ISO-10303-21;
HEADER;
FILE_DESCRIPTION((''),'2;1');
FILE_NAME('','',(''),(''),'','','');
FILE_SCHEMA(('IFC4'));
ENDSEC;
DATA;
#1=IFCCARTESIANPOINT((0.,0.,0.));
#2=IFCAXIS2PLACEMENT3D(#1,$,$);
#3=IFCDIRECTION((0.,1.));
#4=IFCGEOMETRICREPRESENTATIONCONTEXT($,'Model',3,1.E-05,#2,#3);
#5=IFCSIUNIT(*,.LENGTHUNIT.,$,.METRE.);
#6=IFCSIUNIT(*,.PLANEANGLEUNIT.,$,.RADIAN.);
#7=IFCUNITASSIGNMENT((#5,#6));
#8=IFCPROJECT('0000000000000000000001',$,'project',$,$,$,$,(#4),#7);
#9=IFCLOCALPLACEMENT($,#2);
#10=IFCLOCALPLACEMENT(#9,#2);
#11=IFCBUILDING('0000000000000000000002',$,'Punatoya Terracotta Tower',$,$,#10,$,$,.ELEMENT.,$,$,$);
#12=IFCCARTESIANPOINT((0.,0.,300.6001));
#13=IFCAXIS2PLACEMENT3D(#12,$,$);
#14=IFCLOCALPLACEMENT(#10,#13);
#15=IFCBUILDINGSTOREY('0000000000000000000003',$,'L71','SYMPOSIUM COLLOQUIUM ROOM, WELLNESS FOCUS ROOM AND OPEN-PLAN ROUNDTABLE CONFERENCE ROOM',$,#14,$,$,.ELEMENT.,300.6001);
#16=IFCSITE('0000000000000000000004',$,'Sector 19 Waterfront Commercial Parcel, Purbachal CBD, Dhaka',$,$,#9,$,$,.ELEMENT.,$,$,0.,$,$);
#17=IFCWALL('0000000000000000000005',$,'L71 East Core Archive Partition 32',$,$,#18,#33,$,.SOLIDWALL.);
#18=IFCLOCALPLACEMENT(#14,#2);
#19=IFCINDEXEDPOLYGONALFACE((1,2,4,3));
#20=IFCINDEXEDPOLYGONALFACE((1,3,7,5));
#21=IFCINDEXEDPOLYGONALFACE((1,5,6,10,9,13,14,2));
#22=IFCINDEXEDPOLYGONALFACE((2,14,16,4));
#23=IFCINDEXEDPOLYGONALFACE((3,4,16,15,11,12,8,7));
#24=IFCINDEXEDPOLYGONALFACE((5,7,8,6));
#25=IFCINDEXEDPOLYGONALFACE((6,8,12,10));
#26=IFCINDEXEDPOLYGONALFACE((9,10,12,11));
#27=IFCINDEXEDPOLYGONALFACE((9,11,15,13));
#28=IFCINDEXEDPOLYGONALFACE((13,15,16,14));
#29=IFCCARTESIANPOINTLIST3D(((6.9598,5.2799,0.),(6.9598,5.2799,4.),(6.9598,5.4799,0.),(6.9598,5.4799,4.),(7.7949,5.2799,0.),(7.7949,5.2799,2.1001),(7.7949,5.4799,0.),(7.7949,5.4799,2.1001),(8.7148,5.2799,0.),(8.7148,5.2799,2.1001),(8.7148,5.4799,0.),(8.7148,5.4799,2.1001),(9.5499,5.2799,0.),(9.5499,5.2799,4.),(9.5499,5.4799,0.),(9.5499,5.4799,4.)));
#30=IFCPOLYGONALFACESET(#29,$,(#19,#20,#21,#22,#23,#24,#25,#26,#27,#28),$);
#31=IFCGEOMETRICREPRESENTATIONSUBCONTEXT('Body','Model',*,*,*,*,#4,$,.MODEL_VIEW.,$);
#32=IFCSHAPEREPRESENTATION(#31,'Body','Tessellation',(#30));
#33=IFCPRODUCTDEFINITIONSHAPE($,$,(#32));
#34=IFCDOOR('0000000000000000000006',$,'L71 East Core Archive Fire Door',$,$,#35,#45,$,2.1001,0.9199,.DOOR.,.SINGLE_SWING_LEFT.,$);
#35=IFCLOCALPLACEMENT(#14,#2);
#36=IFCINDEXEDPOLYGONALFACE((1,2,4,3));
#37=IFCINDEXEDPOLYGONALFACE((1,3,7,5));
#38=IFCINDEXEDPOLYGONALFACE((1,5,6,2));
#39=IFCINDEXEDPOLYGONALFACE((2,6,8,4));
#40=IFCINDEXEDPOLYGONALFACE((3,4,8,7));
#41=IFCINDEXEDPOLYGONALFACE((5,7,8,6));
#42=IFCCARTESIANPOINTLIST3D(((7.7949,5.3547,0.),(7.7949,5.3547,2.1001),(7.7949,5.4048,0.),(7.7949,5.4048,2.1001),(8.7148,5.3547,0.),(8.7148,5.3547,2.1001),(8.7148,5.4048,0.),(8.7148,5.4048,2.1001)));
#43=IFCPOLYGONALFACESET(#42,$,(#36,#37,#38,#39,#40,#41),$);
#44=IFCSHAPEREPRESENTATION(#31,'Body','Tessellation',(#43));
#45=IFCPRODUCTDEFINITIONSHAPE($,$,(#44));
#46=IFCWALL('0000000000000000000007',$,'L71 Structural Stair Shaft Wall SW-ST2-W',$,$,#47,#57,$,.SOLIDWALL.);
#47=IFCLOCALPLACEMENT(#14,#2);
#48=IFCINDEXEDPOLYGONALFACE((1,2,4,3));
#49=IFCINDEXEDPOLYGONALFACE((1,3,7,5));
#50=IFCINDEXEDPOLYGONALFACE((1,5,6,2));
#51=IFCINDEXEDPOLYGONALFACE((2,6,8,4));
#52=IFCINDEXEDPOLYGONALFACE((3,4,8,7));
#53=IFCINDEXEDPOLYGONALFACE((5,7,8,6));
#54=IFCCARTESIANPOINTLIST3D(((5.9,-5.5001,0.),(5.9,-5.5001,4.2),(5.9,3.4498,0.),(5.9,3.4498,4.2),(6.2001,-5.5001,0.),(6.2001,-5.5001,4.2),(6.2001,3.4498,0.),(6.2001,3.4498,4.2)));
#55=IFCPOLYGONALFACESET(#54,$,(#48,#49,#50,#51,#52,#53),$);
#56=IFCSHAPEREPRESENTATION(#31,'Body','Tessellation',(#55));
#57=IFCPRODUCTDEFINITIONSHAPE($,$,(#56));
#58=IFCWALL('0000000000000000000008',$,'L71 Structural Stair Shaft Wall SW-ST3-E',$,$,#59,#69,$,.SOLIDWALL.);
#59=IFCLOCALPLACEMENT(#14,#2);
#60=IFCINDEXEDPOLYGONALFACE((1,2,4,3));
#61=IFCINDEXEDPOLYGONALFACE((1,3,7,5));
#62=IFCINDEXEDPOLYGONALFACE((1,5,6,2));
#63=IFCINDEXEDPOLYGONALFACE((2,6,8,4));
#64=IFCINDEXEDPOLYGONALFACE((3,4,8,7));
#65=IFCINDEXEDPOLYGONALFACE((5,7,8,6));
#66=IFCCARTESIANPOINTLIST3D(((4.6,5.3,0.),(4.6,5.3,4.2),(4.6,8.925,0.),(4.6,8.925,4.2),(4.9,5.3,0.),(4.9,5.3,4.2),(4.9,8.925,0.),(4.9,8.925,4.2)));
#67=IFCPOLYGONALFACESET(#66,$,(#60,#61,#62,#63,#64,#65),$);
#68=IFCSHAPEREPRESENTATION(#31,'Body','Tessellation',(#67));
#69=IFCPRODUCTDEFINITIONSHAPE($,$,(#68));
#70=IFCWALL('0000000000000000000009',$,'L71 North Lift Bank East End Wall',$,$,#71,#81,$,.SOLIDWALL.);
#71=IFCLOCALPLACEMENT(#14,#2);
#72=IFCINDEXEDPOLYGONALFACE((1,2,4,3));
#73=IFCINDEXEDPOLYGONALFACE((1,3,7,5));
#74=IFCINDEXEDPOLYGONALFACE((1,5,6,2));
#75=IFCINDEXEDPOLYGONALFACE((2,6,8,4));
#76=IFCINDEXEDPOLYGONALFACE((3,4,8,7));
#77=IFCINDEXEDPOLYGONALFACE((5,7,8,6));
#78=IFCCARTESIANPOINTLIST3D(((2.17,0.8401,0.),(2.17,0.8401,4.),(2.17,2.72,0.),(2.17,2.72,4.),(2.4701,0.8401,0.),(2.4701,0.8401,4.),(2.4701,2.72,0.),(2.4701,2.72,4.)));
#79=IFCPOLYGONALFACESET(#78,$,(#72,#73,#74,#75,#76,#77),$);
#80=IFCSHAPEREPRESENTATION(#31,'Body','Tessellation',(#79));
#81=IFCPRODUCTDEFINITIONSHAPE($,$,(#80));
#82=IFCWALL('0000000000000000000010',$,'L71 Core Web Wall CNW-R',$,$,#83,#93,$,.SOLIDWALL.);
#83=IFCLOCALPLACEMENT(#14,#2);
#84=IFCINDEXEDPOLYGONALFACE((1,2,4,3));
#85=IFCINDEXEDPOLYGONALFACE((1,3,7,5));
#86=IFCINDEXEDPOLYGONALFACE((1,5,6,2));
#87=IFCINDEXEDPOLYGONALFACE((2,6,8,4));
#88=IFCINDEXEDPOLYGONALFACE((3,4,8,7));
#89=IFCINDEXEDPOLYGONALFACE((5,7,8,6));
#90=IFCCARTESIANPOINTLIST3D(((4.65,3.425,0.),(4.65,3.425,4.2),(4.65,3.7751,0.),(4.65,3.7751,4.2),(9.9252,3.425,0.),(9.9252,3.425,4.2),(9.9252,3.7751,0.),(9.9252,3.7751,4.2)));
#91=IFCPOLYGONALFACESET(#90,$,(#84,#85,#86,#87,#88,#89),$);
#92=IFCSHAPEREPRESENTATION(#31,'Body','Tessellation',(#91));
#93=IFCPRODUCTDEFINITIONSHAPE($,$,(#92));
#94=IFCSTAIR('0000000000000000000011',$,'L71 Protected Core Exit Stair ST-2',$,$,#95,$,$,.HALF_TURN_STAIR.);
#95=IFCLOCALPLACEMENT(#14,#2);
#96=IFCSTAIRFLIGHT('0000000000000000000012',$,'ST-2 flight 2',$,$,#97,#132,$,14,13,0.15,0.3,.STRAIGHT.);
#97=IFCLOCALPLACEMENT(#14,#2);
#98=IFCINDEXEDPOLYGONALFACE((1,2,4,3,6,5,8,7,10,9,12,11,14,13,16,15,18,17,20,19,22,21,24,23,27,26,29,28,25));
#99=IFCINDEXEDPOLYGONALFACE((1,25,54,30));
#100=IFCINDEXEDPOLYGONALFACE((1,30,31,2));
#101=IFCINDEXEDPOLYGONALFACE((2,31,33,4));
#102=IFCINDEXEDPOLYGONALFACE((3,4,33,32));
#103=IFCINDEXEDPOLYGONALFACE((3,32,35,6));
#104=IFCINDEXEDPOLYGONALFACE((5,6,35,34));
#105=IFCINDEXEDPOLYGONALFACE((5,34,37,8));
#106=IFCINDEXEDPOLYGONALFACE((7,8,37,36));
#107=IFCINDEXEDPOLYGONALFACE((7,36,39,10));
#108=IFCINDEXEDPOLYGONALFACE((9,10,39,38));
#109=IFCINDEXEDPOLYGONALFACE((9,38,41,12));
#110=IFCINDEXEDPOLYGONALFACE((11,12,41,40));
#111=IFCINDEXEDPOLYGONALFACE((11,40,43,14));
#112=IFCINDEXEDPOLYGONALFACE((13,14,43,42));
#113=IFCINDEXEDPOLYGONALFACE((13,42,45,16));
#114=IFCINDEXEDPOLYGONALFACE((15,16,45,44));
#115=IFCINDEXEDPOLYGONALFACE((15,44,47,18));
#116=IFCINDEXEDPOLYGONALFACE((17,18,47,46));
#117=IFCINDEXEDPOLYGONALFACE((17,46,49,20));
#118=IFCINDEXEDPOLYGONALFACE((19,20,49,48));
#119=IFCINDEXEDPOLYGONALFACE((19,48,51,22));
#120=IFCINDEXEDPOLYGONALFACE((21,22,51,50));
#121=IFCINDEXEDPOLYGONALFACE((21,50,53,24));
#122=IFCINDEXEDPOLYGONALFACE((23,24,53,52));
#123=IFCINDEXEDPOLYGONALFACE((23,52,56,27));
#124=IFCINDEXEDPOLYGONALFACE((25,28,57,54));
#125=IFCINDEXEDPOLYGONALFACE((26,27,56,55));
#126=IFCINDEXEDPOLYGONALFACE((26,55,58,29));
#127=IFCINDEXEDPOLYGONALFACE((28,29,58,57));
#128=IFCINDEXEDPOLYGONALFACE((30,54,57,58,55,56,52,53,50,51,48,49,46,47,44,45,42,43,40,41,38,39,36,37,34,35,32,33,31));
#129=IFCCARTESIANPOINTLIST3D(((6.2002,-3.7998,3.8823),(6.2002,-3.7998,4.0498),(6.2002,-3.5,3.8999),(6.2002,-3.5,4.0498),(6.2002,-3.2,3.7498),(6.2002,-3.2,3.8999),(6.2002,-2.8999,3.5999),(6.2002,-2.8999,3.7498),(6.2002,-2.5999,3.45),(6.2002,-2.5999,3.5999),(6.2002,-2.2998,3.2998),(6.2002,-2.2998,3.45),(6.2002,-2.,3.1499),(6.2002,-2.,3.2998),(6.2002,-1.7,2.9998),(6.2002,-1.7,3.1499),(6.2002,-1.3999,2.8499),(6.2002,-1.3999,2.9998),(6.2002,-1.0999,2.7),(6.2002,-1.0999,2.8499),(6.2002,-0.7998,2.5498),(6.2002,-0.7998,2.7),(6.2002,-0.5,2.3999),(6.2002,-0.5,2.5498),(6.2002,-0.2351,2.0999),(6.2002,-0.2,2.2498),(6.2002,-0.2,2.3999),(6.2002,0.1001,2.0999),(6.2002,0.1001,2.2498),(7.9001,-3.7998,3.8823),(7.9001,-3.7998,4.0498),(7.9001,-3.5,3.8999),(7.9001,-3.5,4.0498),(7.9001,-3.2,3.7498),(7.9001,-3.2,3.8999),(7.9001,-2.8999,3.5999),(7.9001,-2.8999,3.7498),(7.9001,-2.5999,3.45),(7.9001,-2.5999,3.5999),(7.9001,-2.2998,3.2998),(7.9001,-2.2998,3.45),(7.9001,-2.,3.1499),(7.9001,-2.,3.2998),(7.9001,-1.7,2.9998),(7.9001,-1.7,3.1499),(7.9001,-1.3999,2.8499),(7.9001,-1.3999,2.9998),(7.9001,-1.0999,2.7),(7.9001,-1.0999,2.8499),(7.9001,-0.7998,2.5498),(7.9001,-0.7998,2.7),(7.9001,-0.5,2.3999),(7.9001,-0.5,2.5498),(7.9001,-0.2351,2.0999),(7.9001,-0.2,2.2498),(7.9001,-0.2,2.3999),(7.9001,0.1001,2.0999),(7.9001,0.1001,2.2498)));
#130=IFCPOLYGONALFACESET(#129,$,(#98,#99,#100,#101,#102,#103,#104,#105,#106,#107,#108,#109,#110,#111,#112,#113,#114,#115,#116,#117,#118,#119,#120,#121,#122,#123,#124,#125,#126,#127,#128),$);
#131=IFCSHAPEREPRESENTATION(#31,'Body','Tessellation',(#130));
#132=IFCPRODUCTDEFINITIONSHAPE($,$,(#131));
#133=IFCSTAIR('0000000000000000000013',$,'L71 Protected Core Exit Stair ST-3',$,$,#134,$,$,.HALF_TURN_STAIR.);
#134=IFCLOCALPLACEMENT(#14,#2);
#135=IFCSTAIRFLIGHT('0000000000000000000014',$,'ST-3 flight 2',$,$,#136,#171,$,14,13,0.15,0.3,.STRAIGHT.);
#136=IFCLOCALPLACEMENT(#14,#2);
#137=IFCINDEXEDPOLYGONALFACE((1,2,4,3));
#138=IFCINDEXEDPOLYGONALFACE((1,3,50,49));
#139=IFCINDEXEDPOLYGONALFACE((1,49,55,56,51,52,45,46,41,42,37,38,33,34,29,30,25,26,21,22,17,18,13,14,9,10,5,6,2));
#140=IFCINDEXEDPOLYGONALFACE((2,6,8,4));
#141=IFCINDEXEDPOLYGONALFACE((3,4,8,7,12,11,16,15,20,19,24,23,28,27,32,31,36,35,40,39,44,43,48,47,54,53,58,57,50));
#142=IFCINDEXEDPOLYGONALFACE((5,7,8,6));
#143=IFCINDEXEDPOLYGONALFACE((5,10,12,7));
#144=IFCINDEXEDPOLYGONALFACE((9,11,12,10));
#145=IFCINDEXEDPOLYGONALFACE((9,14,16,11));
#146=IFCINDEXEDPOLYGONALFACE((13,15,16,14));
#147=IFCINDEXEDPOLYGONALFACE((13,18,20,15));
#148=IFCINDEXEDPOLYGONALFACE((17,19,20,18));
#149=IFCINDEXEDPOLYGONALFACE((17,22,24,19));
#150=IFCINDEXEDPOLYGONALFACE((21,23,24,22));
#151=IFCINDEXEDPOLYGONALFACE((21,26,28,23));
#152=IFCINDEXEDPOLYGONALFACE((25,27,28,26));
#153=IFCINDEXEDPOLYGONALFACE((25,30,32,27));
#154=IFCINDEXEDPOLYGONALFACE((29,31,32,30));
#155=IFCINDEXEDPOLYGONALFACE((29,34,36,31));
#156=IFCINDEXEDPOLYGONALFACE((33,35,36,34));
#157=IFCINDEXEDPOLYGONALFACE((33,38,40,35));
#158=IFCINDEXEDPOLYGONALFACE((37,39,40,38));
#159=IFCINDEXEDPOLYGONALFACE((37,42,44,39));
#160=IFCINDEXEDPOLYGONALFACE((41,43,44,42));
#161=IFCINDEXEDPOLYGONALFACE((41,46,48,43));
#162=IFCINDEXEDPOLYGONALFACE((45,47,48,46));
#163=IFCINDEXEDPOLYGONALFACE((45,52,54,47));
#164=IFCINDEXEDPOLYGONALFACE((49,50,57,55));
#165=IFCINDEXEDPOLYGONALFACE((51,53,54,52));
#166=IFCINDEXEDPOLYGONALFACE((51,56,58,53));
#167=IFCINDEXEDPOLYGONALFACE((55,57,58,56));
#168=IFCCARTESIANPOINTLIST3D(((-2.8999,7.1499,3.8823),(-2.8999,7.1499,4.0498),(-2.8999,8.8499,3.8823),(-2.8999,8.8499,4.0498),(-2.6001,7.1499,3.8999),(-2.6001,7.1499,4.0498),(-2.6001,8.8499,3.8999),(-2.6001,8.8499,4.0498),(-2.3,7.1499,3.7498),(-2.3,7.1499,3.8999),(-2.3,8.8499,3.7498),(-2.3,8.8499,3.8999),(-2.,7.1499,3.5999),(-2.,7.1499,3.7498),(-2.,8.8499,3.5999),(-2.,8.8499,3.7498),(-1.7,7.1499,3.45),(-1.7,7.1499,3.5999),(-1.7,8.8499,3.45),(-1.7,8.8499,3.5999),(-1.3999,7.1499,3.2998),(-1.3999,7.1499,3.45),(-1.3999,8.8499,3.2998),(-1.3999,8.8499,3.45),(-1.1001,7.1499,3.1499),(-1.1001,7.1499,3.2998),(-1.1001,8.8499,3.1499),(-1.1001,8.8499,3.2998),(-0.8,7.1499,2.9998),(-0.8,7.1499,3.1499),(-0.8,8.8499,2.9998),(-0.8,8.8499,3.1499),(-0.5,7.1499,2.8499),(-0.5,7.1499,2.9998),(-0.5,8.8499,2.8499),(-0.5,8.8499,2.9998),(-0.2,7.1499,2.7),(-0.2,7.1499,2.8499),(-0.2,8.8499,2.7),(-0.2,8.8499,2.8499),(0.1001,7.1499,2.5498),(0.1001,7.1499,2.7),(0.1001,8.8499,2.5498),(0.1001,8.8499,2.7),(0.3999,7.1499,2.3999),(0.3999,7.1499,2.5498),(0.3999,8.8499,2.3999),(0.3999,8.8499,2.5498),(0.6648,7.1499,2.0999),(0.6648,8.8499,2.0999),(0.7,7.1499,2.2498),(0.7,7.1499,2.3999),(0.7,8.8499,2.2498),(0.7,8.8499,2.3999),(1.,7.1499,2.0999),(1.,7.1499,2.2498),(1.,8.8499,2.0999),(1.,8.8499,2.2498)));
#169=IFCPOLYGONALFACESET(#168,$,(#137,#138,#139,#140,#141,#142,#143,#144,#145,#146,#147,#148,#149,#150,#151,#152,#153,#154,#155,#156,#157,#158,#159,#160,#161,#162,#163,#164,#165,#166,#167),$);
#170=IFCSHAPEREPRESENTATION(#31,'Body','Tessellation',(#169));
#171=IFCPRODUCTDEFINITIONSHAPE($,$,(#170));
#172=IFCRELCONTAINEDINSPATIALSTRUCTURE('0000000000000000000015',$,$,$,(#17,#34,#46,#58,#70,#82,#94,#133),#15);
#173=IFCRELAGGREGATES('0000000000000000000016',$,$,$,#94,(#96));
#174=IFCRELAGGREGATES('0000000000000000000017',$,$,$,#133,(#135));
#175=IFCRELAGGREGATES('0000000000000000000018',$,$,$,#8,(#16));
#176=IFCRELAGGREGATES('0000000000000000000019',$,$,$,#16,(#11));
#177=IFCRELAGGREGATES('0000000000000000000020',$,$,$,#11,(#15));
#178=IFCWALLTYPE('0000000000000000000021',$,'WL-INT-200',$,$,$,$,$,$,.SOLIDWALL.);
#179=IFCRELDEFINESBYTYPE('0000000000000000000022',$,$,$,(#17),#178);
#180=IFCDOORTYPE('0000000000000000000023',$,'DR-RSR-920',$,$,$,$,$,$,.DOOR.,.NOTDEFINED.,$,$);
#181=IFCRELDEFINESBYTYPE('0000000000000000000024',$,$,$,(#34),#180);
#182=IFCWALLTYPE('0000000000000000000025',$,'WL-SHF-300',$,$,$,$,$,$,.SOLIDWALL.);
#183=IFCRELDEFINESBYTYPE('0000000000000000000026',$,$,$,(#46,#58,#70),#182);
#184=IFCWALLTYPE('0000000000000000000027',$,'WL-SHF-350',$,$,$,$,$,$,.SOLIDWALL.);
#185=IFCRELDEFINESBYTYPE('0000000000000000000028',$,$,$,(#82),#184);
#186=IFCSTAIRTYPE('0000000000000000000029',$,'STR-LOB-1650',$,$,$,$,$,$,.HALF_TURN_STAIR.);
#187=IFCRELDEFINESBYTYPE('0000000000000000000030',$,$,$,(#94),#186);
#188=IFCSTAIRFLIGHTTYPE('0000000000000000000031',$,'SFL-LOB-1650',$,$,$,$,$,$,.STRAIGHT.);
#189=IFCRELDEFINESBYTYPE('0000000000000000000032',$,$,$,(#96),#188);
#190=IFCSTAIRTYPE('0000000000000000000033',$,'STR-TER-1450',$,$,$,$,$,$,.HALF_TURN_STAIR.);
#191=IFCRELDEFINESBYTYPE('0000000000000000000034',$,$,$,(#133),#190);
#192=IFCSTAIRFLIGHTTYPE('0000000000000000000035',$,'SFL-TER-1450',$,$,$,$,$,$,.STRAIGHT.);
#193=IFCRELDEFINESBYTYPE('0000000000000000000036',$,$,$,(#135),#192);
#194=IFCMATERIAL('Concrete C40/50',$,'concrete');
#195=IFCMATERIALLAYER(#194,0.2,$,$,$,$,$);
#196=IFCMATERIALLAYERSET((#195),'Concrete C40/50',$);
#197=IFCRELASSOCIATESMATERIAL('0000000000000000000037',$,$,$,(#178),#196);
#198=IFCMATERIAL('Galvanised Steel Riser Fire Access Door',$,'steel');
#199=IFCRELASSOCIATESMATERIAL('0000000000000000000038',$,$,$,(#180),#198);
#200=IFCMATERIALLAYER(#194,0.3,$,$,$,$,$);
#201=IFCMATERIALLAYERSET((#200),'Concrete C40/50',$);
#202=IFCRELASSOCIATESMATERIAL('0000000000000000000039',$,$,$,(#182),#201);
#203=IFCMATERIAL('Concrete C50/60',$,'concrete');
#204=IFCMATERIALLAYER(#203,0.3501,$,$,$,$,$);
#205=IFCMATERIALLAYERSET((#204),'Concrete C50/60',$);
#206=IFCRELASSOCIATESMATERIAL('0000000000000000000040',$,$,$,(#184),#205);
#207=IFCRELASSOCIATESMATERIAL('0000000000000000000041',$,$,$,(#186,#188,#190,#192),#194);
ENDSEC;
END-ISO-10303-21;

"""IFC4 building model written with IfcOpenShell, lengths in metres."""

from ifc_helpers import new_model, si_unit, direction, frame, frame_2d, origin, place, context, subcontext, project, spatial, polyline, rectangle, outline, extrude, material, layer, layer_set, type_object, element, fill, aggregate, save


model = new_model("IFC4")

# Units and contexts
model_context = context("Model", 3, precision=1e-05, world=origin(), true_north=direction((0.0, 1.0)))
body_context = subcontext(model_context, "Body", "Model", "MODEL_VIEW")
ifc_project = project(units=[si_unit("LENGTHUNIT", "METRE"), si_unit("PLANEANGLEUNIT", "RADIAN")], contexts=[model_context])

# Site, building, storey
site_placement = place(None, origin())
site = spatial("IfcSite", under=ifc_project, at=site_placement, Name="Sector 19 Waterfront Commercial Parcel, Purbachal CBD, Dhaka", CompositionType="ELEMENT", RefElevation=0.0)
building_placement = place(site_placement, origin())
building = spatial("IfcBuilding", under=site, at=building_placement, Name="Punatoya Terracotta Tower", CompositionType="ELEMENT")
storey_placement = place(building_placement, frame((0.0, 0.0, 300.6001)))
storey = spatial("IfcBuildingStorey", under=building, at=storey_placement, Name="L71", Description="SYMPOSIUM COLLOQUIUM ROOM, WELLNESS FOCUS ROOM AND OPEN-PLAN ROUNDTABLE CONFERENCE ROOM", CompositionType="ELEMENT", Elevation=300.6001)

# Shared definitions
ifc_material_1 = material(Name="Concrete C40/50", Category="concrete")
ifc_layer_1 = layer(ifc_material_1, 0.2)
ifc_layer_set_1 = layer_set([ifc_layer_1], Name="Concrete C40/50")
wall_type_1 = type_object("IfcWallType", Name="WL-INT-200", PredefinedType="SOLIDWALL", material=ifc_layer_set_1)

# Wall, opening, door
wall_1_placement = place(storey_placement, frame((6.96, 5.3799, 0.0), z_axis=(0.0, 0.0, 1.0), x_axis=(1.0, 0.0, 0.0)))
wall_1 = element("IfcWall", 1, at=wall_1_placement, inside=storey, type_object=wall_type_1, Name="L71 East Core Archive Partition 32", PredefinedType="SOLIDWALL", context=body_context, shape_type="SweptSolid", body=[
    extrude(rectangle(XDim=2.5901, YDim=0.2, at=frame_2d((1.2949, 0.0))), origin(), (0.0, 0.0, 1.0), 4.0),
])
opening_1_placement = place(wall_1_placement, frame((0.835, 0.0, 0.0)))
opening_1 = element("IfcOpeningElement", 2, at=opening_1_placement, cuts=wall_1, PredefinedType="OPENING", context=body_context, shape_type="SweptSolid", body=[
    extrude(rectangle(XDim=0.9199, YDim=2.1001, at=frame_2d((0.46, 1.05))), frame((0.0, 0.1099, 0.0), z_axis=(0.0, -1.0, 0.0), x_axis=(1.0, 0.0, 0.0)), (0.0, 0.0, 1.0), 0.22),
])
ifc_material_2 = material(Name="Galvanised Steel Riser Fire Access Door", Category="steel")
door_type_1 = type_object("IfcDoorType", Name="DR-RSR-920", OperationType="NOTDEFINED", PredefinedType="DOOR", material=ifc_material_2)
door_1_placement = place(opening_1_placement, origin())
door_1 = element("IfcDoor", 3, at=door_1_placement, inside=storey, type_object=door_type_1, Name="L71 East Core Archive Fire Door", OperationType="SINGLE_SWING_LEFT", OverallHeight=2.1001, OverallWidth=0.9199, PredefinedType="DOOR", context=body_context, shape_type="SweptSolid", body=[
    extrude(rectangle(XDim=0.9199, YDim=2.1001, at=frame_2d((0.46, 1.05))), frame((0.0, 0.0249, 0.0), z_axis=(0.0, -1.0, 0.0), x_axis=(1.0, 0.0, 0.0)), (0.0, 0.0, 1.0), 0.05),
])
fill(opening_1, door_1)

# Walls
ifc_layer_2 = layer(ifc_material_1, 0.3)
ifc_layer_set_2 = layer_set([ifc_layer_2], Name="Concrete C40/50")
wall_type_2 = type_object("IfcWallType", Name="WL-SHF-300", PredefinedType="SOLIDWALL", material=ifc_layer_set_2)
wall_2_placement = place(storey_placement, frame((6.05, 3.45, 0.0), z_axis=(0.0, 0.0, 1.0), x_axis=(0.0, -1.0, 0.0)))
element("IfcWall", 4, at=wall_2_placement, inside=storey, type_object=wall_type_2, Name="L71 Structural Stair Shaft Wall SW-ST2-W", PredefinedType="SOLIDWALL", context=body_context, shape_type="SweptSolid", body=[
    extrude(rectangle(XDim=8.95, YDim=0.3, at=frame_2d((4.4751, 0.0))), origin(), (0.0, 0.0, 1.0), 4.2),
])
wall_3_placement = place(storey_placement, frame((4.75, 8.925, 0.0), z_axis=(0.0, 0.0, 1.0), x_axis=(0.0, -1.0, 0.0)))
element("IfcWall", 5, at=wall_3_placement, inside=storey, type_object=wall_type_2, Name="L71 Structural Stair Shaft Wall SW-ST3-E", PredefinedType="SOLIDWALL", context=body_context, shape_type="SweptSolid", body=[
    extrude(rectangle(XDim=3.625, YDim=0.3, at=frame_2d((1.8125, 0.0))), origin(), (0.0, 0.0, 1.0), 4.2),
])
wall_4_placement = place(storey_placement, frame((2.3201, 0.8401, 0.0), z_axis=(0.0, 0.0, 1.0), x_axis=(0.0, 1.0, 0.0)))
element("IfcWall", 6, at=wall_4_placement, inside=storey, type_object=wall_type_2, Name="L71 North Lift Bank East End Wall", PredefinedType="SOLIDWALL", context=body_context, shape_type="SweptSolid", body=[
    extrude(rectangle(XDim=1.8799, YDim=0.3, at=frame_2d((0.9399, 0.0))), origin(), (0.0, 0.0, 1.0), 4.0),
])
ifc_material_3 = material(Name="Concrete C50/60", Category="concrete")
ifc_layer_3 = layer(ifc_material_3, 0.3501)
ifc_layer_set_3 = layer_set([ifc_layer_3], Name="Concrete C50/60")
wall_type_3 = type_object("IfcWallType", Name="WL-SHF-350", PredefinedType="SOLIDWALL", material=ifc_layer_set_3)
wall_5_placement = place(storey_placement, frame((4.6499, 3.6001, 0.0), z_axis=(0.0, 0.0, 1.0), x_axis=(1.0, 0.0, 0.0)))
element("IfcWall", 7, at=wall_5_placement, inside=storey, type_object=wall_type_3, Name="L71 Core Web Wall CNW-R", PredefinedType="SOLIDWALL", context=body_context, shape_type="SweptSolid", body=[
    extrude(rectangle(XDim=5.2751, YDim=0.3501, at=frame_2d((2.6377, 0.0))), origin(), (0.0, 0.0, 1.0), 4.2),
])

# Stairs, stair flights
stair_type_1 = type_object("IfcStairType", Name="STR-LOB-1650", PredefinedType="HALF_TURN_STAIR", material=ifc_material_1)
stair_1_placement = place(storey_placement, origin())
stair_1 = element("IfcStair", 8, at=stair_1_placement, inside=storey, type_object=stair_type_1, Name="L71 Protected Core Exit Stair ST-2", PredefinedType="HALF_TURN_STAIR")
stair_flight_type_1 = type_object("IfcStairFlightType", Name="SFL-LOB-1650", PredefinedType="STRAIGHT", material=ifc_material_1)
stair_flight_1_placement = place(storey_placement, frame((7.05, 0.1001, 2.0999), z_axis=(0.0, 0.0, 1.0), x_axis=(0.0, -1.0, 0.0)))
stair_flight_1 = element("IfcStairFlight", 9, at=stair_flight_1_placement, type_object=stair_flight_type_1, Name="ST-2 flight 2", NumberOfRisers=14, NumberOfTreads=13, PredefinedType="STRAIGHT", RiserHeight=0.15, TreadLength=0.3, context=body_context, shape_type="SweptSolid", body=[
    extrude(outline(polyline([(0.0, 0.0), (0.0, 0.1499), (0.3, 0.1499), (0.3, 0.3), (0.6001, 0.3), (0.6001, 0.45), (0.8999, 0.45), (0.8999, 0.6001), (1.2, 0.6001), (1.2, 0.75), (1.5, 0.75), (1.5, 0.8999), (1.8, 0.8999), (1.8, 1.05), (2.1001, 1.05), (2.1001, 1.2), (2.3999, 1.2), (2.3999, 1.3501), (2.7, 1.3501), (2.7, 1.5), (3.0, 1.5), (3.0, 1.6499), (3.3, 1.6499), (3.3, 1.8), (3.6001, 1.8), (3.6001, 1.95), (3.8999, 1.95), (3.8999, 2.1001), (3.8999, 1.7825), (0.3352, 0.0), (0.0, 0.0)])), frame((0.0, 0.8501, 0.0), z_axis=(0.0, -1.0, 0.0), x_axis=(1.0, 0.0, 0.0)), (0.0, 0.0, 1.0), 1.7),
])
aggregate(stair_1, [stair_flight_1])
stair_type_2 = type_object("IfcStairType", Name="STR-TER-1450", PredefinedType="HALF_TURN_STAIR", material=ifc_material_1)
stair_2_placement = place(storey_placement, origin())
stair_2 = element("IfcStair", 10, at=stair_2_placement, inside=storey, type_object=stair_type_2, Name="L71 Protected Core Exit Stair ST-3", PredefinedType="HALF_TURN_STAIR")
stair_flight_type_2 = type_object("IfcStairFlightType", Name="SFL-TER-1450", PredefinedType="STRAIGHT", material=ifc_material_1)
stair_flight_2_placement = place(storey_placement, frame((1.0, 8.0, 2.0999), z_axis=(0.0, 0.0, 1.0), x_axis=(-1.0, 0.0, 0.0)))
stair_flight_2 = element("IfcStairFlight", 11, at=stair_flight_2_placement, type_object=stair_flight_type_2, Name="ST-3 flight 2", NumberOfRisers=14, NumberOfTreads=13, PredefinedType="STRAIGHT", RiserHeight=0.15, TreadLength=0.3, context=body_context, shape_type="SweptSolid", body=[
    extrude(outline(polyline([(0.0, 0.0), (0.0, 0.1499), (0.3, 0.1499), (0.3, 0.3), (0.6001, 0.3), (0.6001, 0.45), (0.8999, 0.45), (0.8999, 0.6001), (1.2, 0.6001), (1.2, 0.75), (1.5, 0.75), (1.5, 0.8999), (1.8, 0.8999), (1.8, 1.05), (2.1001, 1.05), (2.1001, 1.2), (2.3999, 1.2), (2.3999, 1.3501), (2.7, 1.3501), (2.7, 1.5), (3.0, 1.5), (3.0, 1.6499), (3.3, 1.6499), (3.3, 1.8), (3.6001, 1.8), (3.6001, 1.95), (3.8999, 1.95), (3.8999, 2.1001), (3.8999, 1.7825), (0.3352, 0.0), (0.0, 0.0)])), frame((0.0, 0.8501, 0.0), z_axis=(0.0, -1.0, 0.0), x_axis=(1.0, 0.0, 0.0)), (0.0, 0.0, 1.0), 1.7),
])
aggregate(stair_2, [stair_flight_2])

save(model, "model.ifc")
